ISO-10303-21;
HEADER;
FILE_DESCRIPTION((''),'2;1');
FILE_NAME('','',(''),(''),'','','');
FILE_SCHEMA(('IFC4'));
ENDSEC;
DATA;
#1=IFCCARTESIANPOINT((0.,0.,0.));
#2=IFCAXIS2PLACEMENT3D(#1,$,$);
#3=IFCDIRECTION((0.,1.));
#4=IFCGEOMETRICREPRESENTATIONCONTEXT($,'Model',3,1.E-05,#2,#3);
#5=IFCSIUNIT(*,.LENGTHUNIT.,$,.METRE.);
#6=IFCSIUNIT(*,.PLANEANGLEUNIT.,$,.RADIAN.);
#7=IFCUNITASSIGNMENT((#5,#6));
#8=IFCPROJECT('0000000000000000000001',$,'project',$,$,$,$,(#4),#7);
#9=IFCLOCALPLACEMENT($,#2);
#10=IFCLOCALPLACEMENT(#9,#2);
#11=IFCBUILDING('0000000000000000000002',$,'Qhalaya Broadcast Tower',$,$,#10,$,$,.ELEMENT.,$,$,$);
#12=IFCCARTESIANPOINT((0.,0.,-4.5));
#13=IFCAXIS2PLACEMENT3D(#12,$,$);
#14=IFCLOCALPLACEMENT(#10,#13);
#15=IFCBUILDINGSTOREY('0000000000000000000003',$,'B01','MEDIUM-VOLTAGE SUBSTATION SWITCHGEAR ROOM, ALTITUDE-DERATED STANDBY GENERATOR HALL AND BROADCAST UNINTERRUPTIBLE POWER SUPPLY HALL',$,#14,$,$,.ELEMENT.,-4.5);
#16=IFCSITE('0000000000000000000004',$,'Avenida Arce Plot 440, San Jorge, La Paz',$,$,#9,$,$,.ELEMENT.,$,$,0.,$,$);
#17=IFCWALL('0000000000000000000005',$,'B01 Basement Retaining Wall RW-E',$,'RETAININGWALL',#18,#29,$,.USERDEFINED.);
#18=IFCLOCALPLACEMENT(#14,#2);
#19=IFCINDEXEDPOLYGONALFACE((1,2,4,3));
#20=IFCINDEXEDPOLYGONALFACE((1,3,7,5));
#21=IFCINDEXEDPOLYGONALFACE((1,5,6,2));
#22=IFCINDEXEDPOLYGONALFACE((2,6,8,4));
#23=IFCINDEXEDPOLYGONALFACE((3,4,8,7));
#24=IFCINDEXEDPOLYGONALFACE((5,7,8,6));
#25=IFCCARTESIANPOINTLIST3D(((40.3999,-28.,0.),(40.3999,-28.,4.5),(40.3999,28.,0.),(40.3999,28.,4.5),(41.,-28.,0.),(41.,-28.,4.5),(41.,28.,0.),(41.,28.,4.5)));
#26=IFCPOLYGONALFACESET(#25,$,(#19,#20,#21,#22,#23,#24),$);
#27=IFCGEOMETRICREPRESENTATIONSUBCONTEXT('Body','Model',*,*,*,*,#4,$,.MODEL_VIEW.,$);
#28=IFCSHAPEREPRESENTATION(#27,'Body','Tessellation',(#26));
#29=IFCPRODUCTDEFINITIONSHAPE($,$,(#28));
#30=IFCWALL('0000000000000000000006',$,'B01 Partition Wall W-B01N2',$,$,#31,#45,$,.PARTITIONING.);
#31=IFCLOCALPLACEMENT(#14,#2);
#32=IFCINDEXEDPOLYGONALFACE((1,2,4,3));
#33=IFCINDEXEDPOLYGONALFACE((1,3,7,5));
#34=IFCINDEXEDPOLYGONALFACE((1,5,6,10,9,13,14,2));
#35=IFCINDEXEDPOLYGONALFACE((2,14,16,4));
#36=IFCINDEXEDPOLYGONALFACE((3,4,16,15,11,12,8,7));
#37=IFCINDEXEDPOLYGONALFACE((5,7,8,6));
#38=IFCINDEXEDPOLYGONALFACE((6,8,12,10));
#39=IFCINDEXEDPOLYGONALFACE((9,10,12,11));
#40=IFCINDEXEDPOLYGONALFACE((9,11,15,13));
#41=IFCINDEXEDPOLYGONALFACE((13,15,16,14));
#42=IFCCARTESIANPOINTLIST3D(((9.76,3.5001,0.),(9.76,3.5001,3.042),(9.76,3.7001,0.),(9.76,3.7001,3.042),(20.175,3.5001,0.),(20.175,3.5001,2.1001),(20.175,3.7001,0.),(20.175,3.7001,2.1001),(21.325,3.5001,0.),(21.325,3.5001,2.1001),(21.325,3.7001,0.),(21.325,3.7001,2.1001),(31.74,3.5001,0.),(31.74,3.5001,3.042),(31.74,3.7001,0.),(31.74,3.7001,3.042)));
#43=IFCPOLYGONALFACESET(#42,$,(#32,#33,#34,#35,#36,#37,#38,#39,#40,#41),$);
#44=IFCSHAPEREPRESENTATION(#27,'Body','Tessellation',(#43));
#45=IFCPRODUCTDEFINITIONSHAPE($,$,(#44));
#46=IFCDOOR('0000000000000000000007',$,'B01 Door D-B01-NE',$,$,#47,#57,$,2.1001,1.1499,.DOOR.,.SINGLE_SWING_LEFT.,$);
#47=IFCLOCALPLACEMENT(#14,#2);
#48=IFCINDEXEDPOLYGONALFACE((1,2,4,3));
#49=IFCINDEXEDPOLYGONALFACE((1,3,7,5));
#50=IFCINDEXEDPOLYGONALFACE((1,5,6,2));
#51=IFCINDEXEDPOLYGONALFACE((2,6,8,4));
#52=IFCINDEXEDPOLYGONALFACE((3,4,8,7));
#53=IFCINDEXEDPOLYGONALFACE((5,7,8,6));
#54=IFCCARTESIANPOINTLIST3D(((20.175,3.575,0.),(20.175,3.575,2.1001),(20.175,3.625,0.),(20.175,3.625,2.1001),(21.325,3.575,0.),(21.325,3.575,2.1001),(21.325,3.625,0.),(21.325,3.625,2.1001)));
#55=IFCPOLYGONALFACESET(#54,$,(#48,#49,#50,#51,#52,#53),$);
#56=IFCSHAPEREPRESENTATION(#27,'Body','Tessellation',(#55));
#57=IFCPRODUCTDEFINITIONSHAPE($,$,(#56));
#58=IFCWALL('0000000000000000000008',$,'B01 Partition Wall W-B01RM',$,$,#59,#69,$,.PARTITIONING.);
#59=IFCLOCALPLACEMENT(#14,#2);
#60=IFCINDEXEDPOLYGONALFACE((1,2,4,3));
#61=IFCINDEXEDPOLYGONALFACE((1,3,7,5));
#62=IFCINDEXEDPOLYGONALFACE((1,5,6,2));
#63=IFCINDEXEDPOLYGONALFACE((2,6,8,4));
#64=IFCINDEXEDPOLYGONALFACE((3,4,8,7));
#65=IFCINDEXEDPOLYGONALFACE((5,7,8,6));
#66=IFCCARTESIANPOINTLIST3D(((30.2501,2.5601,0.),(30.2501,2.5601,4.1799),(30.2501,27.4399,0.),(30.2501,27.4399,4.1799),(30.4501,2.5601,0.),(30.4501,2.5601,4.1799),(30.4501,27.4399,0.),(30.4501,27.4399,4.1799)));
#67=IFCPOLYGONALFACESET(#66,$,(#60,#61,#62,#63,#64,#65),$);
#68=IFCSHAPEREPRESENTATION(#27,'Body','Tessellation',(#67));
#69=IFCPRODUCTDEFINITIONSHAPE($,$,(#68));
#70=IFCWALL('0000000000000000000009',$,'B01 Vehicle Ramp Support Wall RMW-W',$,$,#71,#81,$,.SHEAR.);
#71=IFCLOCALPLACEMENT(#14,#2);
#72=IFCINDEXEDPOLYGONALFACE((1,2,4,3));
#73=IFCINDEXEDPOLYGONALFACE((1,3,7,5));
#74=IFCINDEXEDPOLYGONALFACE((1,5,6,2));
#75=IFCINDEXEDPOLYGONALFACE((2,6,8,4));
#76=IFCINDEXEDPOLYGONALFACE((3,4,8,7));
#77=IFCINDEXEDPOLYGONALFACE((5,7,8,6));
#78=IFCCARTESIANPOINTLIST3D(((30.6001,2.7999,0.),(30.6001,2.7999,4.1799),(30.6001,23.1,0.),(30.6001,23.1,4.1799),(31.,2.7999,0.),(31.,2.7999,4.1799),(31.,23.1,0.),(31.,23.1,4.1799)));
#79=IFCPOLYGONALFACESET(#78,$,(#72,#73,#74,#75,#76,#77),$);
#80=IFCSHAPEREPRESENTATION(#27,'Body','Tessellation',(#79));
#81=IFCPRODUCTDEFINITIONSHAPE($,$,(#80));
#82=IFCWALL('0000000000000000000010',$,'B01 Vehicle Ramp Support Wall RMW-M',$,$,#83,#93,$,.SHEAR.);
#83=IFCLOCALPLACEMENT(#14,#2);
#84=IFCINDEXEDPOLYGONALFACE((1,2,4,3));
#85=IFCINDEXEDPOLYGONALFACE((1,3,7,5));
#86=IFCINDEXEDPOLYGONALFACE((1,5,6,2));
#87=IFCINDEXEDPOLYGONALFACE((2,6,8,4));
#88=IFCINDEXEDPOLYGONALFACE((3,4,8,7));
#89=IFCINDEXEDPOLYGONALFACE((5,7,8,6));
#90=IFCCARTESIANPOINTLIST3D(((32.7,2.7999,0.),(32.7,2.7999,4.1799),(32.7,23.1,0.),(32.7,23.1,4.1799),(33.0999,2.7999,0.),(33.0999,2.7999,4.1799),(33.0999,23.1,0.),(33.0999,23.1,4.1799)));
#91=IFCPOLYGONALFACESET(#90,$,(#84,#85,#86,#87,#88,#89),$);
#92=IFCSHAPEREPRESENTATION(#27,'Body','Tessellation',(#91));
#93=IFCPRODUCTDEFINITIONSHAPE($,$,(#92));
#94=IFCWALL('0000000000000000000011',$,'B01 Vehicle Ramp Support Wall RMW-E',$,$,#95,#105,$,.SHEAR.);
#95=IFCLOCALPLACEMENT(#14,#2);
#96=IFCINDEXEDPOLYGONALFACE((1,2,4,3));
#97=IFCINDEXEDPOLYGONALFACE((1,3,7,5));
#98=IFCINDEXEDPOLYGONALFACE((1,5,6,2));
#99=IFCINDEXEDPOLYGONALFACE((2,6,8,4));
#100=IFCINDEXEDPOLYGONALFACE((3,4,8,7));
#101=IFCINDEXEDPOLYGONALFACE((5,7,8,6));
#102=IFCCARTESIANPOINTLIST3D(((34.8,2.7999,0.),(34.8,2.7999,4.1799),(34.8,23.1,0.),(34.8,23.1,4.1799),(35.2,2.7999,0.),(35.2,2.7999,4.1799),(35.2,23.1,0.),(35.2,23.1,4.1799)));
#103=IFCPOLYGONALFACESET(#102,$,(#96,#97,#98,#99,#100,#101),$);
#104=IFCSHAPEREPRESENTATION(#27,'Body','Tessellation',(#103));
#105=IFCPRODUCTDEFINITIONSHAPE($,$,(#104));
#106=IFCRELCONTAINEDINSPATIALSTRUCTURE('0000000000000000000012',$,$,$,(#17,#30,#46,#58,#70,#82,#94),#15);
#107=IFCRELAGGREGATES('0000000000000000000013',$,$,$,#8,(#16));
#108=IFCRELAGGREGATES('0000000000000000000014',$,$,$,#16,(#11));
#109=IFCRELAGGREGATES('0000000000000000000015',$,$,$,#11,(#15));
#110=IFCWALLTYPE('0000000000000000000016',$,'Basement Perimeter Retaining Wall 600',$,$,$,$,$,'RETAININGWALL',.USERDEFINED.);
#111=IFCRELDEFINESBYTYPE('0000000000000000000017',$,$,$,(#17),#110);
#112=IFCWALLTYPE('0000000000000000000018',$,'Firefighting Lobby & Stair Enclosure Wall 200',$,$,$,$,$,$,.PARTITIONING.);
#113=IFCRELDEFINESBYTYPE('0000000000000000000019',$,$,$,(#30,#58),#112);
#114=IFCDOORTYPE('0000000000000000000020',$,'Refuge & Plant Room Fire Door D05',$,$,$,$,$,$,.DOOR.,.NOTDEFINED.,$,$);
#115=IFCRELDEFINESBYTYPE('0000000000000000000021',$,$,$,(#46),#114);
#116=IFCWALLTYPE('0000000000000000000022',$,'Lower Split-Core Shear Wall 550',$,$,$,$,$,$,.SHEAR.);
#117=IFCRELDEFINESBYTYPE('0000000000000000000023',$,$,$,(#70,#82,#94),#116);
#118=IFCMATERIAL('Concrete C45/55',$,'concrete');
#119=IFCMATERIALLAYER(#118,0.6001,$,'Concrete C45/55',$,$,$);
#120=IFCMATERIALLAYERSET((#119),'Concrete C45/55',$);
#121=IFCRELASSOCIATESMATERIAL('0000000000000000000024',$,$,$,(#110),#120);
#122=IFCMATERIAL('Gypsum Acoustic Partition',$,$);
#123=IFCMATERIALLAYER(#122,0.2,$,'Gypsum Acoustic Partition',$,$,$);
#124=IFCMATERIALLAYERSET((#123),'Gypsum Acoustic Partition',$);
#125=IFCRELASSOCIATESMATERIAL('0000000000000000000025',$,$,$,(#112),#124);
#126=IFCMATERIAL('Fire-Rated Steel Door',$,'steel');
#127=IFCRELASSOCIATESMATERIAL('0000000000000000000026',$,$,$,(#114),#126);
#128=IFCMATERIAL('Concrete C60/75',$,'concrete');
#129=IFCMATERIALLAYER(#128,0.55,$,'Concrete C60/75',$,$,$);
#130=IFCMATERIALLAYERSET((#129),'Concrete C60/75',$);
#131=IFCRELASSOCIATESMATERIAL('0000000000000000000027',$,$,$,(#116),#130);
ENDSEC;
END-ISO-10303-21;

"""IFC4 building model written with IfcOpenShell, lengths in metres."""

from ifc_helpers import new_model, si_unit, direction, frame, frame_2d, origin, place, context, subcontext, project, spatial, rectangle, extrude, material, layer, layer_set, type_object, element, fill, save


model = new_model("IFC4")

# Units and contexts
model_context = context("Model", 3, precision=1e-05, world=origin(), true_north=direction((0.0, 1.0)))
body_context = subcontext(model_context, "Body", "Model", "MODEL_VIEW")
ifc_project = project(units=[si_unit("LENGTHUNIT", "METRE"), si_unit("PLANEANGLEUNIT", "RADIAN")], contexts=[model_context])

# Site, building, storey
site_placement = place(None, origin())
site = spatial("IfcSite", under=ifc_project, at=site_placement, Name="Avenida Arce Plot 440, San Jorge, La Paz", CompositionType="ELEMENT", RefElevation=0.0)
building_placement = place(site_placement, origin())
building = spatial("IfcBuilding", under=site, at=building_placement, Name="Qhalaya Broadcast Tower", CompositionType="ELEMENT")
storey_placement = place(building_placement, frame((0.0, 0.0, -4.5)))
storey = spatial("IfcBuildingStorey", under=building, at=storey_placement, Name="B01", Description="MEDIUM-VOLTAGE SUBSTATION SWITCHGEAR ROOM, ALTITUDE-DERATED STANDBY GENERATOR HALL AND BROADCAST UNINTERRUPTIBLE POWER SUPPLY HALL", CompositionType="ELEMENT", Elevation=-4.5)

# Shared definitions
ifc_material_1 = material(Name="Concrete C60/75", Category="concrete")

# Wall
ifc_material_2 = material(Name="Concrete C45/55", Category="concrete")
ifc_layer_1 = layer(ifc_material_2, 0.6001, Name="Concrete C45/55")
ifc_layer_set_1 = layer_set([ifc_layer_1], Name="Concrete C45/55")
wall_type_1 = type_object("IfcWallType", Name="Basement Perimeter Retaining Wall 600", ElementType="RETAININGWALL", PredefinedType="USERDEFINED", material=ifc_layer_set_1)
wall_1_placement = place(storey_placement, frame((40.7, -28.0, 0.0), z_axis=(0.0, 0.0, 1.0), x_axis=(0.0, 1.0, 0.0)))
element("IfcWall", 1, at=wall_1_placement, inside=storey, type_object=wall_type_1, Name="B01 Basement Retaining Wall RW-E", ObjectType="RETAININGWALL", PredefinedType="USERDEFINED", context=body_context, shape_type="SweptSolid", body=[
    extrude(rectangle(XDim=56.0, YDim=0.6001, at=frame_2d((28.0, 0.0))), origin(), (0.0, 0.0, 1.0), 4.5),
])

# Wall, opening, door
ifc_material_3 = material(Name="Gypsum Acoustic Partition")
ifc_layer_2 = layer(ifc_material_3, 0.2, Name="Gypsum Acoustic Partition")
ifc_layer_set_2 = layer_set([ifc_layer_2], Name="Gypsum Acoustic Partition")
wall_type_2 = type_object("IfcWallType", Name="Firefighting Lobby & Stair Enclosure Wall 200", PredefinedType="PARTITIONING", material=ifc_layer_set_2)
wall_2_placement = place(storey_placement, frame((9.76, 3.6001, 0.0), z_axis=(0.0, 0.0, 1.0), x_axis=(1.0, 0.0, 0.0)))
wall_2 = element("IfcWall", 2, at=wall_2_placement, inside=storey, type_object=wall_type_2, Name="B01 Partition Wall W-B01N2", PredefinedType="PARTITIONING", context=body_context, shape_type="SweptSolid", body=[
    extrude(rectangle(XDim=21.98, YDim=0.2, at=frame_2d((10.99, 0.0))), origin(), (0.0, 0.0, 1.0), 3.042),
])
opening_placement = place(wall_2_placement, frame((10.415, 0.0, 0.0)))
opening = element("IfcOpeningElement", 3, at=opening_placement, cuts=wall_2, PredefinedType="OPENING", context=body_context, shape_type="SweptSolid", body=[
    extrude(rectangle(XDim=1.1499, YDim=2.1001, at=frame_2d((0.575, 1.05))), frame((0.0, 0.1121, 0.0), z_axis=(0.0, -1.0, 0.0), x_axis=(1.0, 0.0, 0.0)), (0.0, 0.0, 1.0), 0.2239),
])
ifc_material_4 = material(Name="Fire-Rated Steel Door", Category="steel")
door_type = type_object("IfcDoorType", Name="Refuge & Plant Room Fire Door D05", OperationType="NOTDEFINED", PredefinedType="DOOR", material=ifc_material_4)
door_placement = place(opening_placement, origin())
door = element("IfcDoor", 4, at=door_placement, inside=storey, type_object=door_type, Name="B01 Door D-B01-NE", OperationType="SINGLE_SWING_LEFT", OverallHeight=2.1001, OverallWidth=1.1499, PredefinedType="DOOR", context=body_context, shape_type="SweptSolid", body=[
    extrude(rectangle(XDim=1.1499, YDim=2.1001, at=frame_2d((0.575, 1.05))), frame((0.0, 0.0249, 0.0), z_axis=(0.0, -1.0, 0.0), x_axis=(1.0, 0.0, 0.0)), (0.0, 0.0, 1.0), 0.05),
])
fill(opening, door)

# Walls
wall_3_placement = place(storey_placement, frame((30.3501, 2.5601, 0.0), z_axis=(0.0, 0.0, 1.0), x_axis=(0.0, 1.0, 0.0)))
element("IfcWall", 5, at=wall_3_placement, inside=storey, type_object=wall_type_2, Name="B01 Partition Wall W-B01RM", PredefinedType="PARTITIONING", context=body_context, shape_type="SweptSolid", body=[
    extrude(rectangle(XDim=24.8799, YDim=0.2, at=frame_2d((12.4399, 0.0))), origin(), (0.0, 0.0, 1.0), 4.1799),
])
ifc_layer_3 = layer(ifc_material_1, 0.55, Name="Concrete C60/75")
ifc_layer_set_3 = layer_set([ifc_layer_3], Name="Concrete C60/75")
wall_type_3 = type_object("IfcWallType", Name="Lower Split-Core Shear Wall 550", PredefinedType="SHEAR", material=ifc_layer_set_3)
for number, where, z_axis, x_axis, name in (
    (6, (30.8, 2.8, 0.0), (0.0, 0.0, 1.0), (0.0, 1.0, 0.0), "B01 Vehicle Ramp Support Wall RMW-W"),
    (7, (32.8999, 2.8, 0.0), (0.0, 0.0, 1.0), (0.0, 1.0, 0.0), "B01 Vehicle Ramp Support Wall RMW-M"),
    (8, (35.0, 2.8, 0.0), (0.0, 0.0, 1.0), (0.0, 1.0, 0.0), "B01 Vehicle Ramp Support Wall RMW-E"),
):
    element("IfcWall", number, at=place(storey_placement, frame(where, z_axis=z_axis, x_axis=x_axis)), inside=storey, type_object=wall_type_3, Name=name, PredefinedType="SHEAR", context=body_context, shape_type="SweptSolid", body=[
        extrude(rectangle(XDim=20.3, YDim=0.3999, at=frame_2d((10.1499, 0.0))), origin(), (0.0, 0.0, 1.0), 4.1799),
    ])

save(model, "model.ifc")
